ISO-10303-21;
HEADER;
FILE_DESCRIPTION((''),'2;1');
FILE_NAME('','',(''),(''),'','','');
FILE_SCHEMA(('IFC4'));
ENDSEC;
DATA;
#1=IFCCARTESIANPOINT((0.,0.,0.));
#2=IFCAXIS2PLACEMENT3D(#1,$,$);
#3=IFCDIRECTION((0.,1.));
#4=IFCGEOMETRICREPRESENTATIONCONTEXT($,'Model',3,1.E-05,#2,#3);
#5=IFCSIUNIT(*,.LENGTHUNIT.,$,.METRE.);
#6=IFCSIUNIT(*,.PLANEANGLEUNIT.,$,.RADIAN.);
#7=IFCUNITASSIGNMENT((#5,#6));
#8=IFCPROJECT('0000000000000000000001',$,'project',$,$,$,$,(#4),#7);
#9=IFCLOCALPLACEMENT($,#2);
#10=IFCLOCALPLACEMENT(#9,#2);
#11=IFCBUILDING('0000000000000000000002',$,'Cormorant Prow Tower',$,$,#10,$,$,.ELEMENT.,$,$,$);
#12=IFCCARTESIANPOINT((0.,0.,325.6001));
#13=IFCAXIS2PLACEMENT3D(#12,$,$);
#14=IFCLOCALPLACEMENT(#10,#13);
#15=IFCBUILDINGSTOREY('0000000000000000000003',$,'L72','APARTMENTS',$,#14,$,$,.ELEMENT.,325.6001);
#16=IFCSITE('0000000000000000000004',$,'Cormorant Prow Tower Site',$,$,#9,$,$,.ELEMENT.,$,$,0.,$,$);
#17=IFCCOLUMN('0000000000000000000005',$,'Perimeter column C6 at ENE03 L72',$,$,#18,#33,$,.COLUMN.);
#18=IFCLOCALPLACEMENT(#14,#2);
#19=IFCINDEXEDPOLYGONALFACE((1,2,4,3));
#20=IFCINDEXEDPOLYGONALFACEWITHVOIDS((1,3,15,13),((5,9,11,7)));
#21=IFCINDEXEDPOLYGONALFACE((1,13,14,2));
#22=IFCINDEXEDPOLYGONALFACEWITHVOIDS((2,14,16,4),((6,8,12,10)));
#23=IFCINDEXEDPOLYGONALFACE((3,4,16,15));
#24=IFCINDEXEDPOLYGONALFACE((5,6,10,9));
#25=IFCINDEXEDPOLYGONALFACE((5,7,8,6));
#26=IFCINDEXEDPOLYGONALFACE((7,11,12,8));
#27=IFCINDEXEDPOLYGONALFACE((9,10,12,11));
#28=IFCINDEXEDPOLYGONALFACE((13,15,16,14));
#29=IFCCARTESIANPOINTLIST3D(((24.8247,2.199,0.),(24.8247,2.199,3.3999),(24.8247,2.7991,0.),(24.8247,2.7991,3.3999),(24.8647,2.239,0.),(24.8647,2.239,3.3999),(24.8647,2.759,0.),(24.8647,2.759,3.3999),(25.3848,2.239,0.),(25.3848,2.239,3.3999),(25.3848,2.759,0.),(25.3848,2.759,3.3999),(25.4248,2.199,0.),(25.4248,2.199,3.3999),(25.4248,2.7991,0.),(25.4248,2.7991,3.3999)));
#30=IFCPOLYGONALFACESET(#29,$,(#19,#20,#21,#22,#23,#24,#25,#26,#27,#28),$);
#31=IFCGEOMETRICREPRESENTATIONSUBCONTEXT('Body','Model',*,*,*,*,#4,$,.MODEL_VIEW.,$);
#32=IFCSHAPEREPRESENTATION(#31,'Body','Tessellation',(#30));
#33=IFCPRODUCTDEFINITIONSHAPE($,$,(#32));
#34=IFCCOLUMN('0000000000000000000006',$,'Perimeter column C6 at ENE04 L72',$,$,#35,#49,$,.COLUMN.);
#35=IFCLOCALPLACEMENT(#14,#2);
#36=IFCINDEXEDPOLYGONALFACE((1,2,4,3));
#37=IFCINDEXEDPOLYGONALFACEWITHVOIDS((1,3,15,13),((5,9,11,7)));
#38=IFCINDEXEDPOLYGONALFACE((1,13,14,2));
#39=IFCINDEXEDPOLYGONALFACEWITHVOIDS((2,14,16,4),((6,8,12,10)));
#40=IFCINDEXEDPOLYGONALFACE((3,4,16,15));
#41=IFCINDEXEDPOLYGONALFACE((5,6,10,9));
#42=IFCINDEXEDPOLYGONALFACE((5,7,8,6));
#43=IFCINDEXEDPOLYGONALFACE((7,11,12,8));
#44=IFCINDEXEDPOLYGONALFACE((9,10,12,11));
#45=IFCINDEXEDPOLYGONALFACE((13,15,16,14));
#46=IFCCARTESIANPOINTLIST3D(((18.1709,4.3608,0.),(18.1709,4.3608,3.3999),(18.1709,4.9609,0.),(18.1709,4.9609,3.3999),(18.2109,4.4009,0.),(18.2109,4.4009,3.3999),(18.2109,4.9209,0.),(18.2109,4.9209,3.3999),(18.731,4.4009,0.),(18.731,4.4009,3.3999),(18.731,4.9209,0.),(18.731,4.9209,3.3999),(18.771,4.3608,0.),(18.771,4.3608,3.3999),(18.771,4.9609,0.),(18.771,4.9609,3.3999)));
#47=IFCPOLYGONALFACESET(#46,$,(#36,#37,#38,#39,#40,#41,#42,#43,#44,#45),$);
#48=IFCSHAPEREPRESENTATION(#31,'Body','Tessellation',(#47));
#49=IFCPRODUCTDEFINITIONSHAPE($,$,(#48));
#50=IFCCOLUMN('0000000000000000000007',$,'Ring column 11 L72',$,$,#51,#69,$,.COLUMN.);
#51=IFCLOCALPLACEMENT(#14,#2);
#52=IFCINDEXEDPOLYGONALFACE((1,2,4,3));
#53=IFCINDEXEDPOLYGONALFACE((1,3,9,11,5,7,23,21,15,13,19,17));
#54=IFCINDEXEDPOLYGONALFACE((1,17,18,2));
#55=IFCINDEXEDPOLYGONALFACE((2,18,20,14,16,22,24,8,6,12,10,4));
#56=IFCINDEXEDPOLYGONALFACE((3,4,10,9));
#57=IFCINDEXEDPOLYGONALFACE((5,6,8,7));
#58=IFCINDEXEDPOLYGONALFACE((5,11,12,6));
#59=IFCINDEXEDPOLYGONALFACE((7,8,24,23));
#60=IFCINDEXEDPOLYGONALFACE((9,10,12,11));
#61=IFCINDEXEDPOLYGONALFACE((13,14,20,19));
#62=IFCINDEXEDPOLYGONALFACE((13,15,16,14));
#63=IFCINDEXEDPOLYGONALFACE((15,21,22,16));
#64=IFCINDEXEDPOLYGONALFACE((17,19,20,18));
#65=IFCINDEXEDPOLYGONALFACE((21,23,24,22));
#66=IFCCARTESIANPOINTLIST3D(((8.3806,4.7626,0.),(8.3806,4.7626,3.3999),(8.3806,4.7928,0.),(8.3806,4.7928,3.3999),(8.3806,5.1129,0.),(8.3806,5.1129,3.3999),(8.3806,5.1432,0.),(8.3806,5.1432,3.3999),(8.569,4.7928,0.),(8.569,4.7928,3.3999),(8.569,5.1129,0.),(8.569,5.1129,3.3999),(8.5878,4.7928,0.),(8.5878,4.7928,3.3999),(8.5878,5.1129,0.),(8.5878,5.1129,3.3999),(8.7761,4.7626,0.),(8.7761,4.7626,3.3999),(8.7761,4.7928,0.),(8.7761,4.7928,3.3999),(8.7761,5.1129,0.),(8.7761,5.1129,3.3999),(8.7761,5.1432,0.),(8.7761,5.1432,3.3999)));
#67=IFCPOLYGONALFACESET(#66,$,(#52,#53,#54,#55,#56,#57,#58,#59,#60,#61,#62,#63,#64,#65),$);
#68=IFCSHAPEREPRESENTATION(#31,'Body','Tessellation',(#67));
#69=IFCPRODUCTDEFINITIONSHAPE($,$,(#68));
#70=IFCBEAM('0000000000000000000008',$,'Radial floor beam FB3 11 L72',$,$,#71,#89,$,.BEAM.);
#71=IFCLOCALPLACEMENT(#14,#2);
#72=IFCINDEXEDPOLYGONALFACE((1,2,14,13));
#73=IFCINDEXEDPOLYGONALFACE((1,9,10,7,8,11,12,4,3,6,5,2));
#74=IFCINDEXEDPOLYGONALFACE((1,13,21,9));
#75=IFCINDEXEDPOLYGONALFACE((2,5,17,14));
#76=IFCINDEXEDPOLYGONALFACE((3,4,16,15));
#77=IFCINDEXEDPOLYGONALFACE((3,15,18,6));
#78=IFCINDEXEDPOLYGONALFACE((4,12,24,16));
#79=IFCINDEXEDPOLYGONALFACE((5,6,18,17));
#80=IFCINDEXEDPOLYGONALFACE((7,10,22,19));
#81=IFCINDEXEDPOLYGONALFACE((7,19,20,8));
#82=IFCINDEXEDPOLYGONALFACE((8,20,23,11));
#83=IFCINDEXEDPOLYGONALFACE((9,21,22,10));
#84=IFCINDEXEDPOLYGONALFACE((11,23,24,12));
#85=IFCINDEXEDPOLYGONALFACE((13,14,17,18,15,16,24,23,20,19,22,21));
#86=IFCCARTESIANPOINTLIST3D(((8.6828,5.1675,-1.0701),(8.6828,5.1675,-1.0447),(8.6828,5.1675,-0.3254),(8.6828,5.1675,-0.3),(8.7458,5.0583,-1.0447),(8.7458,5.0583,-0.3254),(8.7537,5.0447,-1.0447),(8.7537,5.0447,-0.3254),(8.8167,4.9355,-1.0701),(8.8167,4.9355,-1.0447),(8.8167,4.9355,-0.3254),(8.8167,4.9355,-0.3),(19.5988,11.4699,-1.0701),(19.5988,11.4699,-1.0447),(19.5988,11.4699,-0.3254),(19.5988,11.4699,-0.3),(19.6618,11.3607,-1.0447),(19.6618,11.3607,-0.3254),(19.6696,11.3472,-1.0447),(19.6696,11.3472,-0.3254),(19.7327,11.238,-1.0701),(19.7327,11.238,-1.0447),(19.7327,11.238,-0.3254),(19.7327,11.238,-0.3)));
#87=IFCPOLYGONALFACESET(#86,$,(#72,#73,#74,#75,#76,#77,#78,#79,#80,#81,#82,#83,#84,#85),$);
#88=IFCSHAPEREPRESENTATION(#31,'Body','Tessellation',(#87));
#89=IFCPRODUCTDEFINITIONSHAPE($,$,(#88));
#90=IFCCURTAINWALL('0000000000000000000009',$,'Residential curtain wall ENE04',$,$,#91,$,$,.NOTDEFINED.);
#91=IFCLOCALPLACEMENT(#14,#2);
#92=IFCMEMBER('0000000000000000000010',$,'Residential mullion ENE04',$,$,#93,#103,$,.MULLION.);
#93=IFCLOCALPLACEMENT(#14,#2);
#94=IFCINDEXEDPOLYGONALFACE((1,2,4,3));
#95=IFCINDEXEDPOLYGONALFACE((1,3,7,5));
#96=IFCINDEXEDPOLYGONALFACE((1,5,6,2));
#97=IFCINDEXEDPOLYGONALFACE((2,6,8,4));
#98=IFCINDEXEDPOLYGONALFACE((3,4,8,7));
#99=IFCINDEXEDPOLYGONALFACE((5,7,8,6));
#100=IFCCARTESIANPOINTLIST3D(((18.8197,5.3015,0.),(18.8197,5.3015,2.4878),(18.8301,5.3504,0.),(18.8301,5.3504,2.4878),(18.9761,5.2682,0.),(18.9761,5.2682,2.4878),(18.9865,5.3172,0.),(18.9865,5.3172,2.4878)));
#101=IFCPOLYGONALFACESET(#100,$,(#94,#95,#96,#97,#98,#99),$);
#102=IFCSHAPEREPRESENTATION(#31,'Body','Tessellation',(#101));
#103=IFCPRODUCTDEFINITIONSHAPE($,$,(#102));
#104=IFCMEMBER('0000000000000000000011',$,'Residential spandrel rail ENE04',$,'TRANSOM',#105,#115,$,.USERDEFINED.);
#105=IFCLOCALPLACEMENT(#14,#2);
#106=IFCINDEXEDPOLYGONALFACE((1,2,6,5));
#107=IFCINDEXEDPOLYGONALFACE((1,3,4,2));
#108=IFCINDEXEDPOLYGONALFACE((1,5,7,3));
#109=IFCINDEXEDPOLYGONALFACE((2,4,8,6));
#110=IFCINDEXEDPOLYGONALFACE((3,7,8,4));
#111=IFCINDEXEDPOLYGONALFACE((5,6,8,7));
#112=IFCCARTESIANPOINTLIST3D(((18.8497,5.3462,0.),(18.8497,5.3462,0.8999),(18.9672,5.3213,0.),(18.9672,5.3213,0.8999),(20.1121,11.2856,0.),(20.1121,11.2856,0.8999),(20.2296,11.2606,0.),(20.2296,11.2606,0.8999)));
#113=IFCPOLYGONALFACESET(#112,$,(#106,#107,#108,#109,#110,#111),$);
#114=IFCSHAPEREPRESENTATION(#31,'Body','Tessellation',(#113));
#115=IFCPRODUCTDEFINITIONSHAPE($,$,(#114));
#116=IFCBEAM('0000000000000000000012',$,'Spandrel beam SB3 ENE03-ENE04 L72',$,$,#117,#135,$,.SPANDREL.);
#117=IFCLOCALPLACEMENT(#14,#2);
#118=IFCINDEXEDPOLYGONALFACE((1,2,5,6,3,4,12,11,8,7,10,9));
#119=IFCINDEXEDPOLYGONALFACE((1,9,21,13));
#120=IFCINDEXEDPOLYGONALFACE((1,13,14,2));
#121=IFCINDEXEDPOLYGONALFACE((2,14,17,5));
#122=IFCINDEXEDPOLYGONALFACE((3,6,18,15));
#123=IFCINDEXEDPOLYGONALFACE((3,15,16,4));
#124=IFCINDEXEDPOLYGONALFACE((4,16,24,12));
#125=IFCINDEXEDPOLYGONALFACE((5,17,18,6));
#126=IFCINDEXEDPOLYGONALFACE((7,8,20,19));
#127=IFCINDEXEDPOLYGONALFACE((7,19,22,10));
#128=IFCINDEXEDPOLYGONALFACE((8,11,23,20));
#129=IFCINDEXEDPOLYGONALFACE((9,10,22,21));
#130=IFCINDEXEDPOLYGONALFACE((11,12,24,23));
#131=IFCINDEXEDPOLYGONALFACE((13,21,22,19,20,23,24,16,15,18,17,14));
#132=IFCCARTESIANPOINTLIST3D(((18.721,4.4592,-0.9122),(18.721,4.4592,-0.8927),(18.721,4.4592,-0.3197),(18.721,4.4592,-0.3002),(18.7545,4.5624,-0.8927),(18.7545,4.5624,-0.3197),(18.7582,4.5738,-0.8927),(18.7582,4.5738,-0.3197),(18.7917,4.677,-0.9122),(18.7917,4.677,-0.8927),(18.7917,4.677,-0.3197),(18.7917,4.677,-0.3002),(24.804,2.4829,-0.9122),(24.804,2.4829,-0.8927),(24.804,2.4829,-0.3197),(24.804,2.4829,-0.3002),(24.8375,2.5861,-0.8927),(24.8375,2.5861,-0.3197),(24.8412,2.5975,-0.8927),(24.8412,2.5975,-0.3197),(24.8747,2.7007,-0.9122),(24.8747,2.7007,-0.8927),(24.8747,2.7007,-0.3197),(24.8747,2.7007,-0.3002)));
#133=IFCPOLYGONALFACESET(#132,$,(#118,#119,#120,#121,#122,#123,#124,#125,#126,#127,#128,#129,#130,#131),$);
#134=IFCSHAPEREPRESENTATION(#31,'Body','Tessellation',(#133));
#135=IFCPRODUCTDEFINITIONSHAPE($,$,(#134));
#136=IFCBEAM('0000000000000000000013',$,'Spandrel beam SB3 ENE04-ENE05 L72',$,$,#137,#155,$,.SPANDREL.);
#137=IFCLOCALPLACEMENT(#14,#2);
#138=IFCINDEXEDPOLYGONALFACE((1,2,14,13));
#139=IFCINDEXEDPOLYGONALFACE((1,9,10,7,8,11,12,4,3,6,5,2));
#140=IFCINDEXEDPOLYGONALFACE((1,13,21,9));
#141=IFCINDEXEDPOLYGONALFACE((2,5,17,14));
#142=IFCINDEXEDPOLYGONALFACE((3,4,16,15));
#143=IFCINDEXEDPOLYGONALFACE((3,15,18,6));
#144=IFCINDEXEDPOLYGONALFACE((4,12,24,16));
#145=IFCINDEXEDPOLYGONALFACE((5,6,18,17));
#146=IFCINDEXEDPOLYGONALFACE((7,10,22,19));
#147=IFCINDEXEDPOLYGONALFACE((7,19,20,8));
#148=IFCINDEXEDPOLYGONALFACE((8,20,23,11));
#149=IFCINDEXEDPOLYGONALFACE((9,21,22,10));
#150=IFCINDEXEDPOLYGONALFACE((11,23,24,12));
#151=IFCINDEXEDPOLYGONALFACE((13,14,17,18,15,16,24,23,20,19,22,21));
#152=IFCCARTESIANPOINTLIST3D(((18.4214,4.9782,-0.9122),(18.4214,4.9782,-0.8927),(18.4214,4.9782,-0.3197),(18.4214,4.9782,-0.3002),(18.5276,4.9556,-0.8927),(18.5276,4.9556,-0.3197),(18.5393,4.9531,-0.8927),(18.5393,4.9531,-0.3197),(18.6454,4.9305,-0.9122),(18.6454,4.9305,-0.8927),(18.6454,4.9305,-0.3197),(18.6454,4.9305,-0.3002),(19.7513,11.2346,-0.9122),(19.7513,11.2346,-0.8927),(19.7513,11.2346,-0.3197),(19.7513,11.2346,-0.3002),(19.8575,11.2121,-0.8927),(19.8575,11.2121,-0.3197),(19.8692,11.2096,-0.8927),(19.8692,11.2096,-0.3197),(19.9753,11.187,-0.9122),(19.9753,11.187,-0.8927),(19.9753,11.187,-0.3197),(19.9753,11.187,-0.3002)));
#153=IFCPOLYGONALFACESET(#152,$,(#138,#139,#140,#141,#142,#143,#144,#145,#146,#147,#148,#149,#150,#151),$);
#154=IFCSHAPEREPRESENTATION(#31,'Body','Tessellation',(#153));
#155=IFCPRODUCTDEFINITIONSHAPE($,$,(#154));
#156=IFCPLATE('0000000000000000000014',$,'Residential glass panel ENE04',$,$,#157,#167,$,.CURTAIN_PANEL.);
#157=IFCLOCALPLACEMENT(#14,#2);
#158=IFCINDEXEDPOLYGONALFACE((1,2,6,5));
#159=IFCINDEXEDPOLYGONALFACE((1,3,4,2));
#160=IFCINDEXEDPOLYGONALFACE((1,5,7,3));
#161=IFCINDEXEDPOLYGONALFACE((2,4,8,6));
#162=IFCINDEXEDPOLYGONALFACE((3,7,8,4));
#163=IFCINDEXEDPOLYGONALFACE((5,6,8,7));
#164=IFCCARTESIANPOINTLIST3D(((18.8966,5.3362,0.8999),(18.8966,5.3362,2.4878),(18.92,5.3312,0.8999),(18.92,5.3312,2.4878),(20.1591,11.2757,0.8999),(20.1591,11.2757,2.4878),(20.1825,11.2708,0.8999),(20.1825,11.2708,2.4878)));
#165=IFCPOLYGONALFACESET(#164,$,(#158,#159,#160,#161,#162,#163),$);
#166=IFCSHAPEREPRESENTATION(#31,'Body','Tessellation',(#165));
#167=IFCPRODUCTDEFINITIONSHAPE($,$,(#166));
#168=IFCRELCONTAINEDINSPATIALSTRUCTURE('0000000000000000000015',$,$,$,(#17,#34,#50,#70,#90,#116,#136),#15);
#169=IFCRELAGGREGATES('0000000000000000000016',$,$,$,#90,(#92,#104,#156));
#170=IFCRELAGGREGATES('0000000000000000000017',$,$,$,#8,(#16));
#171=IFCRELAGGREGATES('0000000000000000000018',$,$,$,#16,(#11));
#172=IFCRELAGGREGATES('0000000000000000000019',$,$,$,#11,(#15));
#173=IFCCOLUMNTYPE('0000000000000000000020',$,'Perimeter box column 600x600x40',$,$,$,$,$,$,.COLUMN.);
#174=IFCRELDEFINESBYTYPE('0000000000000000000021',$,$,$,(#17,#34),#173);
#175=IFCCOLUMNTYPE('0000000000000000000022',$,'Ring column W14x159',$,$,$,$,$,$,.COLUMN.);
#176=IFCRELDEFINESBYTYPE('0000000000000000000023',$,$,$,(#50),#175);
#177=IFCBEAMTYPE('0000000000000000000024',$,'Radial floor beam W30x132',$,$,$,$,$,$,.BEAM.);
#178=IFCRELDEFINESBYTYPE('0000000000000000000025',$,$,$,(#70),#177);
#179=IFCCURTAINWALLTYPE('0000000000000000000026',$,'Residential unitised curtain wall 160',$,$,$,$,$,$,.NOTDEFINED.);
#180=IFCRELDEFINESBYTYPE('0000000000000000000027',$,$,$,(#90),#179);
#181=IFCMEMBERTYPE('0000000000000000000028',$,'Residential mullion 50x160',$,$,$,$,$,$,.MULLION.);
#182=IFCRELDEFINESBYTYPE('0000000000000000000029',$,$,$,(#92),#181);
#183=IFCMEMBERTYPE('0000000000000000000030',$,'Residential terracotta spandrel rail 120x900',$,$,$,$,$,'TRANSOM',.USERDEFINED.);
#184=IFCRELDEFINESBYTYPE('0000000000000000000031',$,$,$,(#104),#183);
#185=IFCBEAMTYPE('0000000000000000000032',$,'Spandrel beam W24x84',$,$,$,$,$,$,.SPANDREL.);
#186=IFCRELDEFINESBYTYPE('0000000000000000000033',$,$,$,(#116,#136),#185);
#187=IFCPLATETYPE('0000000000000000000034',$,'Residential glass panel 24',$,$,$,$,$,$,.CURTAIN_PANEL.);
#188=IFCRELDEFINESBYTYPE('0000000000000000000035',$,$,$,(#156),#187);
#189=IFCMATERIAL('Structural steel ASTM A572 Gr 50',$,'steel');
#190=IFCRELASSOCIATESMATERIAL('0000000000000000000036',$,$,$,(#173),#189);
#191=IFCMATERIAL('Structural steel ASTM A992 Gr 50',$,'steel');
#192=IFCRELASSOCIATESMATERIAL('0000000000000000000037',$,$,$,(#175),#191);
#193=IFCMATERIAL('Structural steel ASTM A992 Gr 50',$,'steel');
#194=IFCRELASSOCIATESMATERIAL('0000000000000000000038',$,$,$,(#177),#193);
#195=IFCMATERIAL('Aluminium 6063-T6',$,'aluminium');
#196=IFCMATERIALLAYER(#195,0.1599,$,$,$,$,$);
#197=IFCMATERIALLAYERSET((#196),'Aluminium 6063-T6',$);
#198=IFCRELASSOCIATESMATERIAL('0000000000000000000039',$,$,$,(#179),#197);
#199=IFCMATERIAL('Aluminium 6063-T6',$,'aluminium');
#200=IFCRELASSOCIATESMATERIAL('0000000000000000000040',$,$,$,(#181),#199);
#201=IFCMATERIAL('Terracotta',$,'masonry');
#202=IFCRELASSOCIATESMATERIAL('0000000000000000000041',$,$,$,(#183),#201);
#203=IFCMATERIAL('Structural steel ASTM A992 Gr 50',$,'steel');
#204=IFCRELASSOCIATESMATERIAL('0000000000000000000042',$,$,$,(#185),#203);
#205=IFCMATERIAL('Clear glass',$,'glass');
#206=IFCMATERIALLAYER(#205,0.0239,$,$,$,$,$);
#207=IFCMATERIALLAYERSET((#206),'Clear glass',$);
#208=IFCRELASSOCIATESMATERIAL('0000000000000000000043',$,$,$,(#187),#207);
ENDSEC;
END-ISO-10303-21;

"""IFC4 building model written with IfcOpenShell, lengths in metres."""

from ifc_helpers import new_model, si_unit, direction, frame, origin, origin_2d, place, context, subcontext, project, spatial, rectangle, hollow_rectangle, i_section, extrude, material, layer, layer_set, material_profile, profile_set, type_object, element, aggregate, save


model = new_model("IFC4")

# Units and contexts
model_context = context("Model", 3, precision=1e-05, world=origin(), true_north=direction((0.0, 1.0)))
body_context = subcontext(model_context, "Body", "Model", "MODEL_VIEW")
ifc_project = project(units=[si_unit("LENGTHUNIT", "METRE"), si_unit("PLANEANGLEUNIT", "RADIAN")], contexts=[model_context])

# Site, building, storey
site_placement = place(None, origin())
site = spatial("IfcSite", under=ifc_project, at=site_placement, Name="Cormorant Prow Tower Site", CompositionType="ELEMENT", RefElevation=0.0)
building_placement = place(site_placement, origin())
building = spatial("IfcBuilding", under=site, at=building_placement, Name="Cormorant Prow Tower", CompositionType="ELEMENT")
storey_placement = place(building_placement, frame((0.0, 0.0, 325.6001)))
storey = spatial("IfcBuildingStorey", under=building, at=storey_placement, Name="L72", Description="APARTMENTS", CompositionType="ELEMENT", Elevation=325.6001)

# Columns
ifc_material_1 = material(Name="Structural steel ASTM A572 Gr 50", Category="steel")
ifc_material_profile_1 = material_profile(ifc_material_1, hollow_rectangle(XDim=0.6001, YDim=0.6001, WallThickness=0.04, at=origin_2d()), Name="Box 600x600x40")
ifc_profile_set_1 = profile_set([ifc_material_profile_1], Name="Structural steel ASTM A572 Gr 50")
column_type_1 = type_object("IfcColumnType", Name="Perimeter box column 600x600x40", PredefinedType="COLUMN", material=ifc_profile_set_1)
for number, where, z_axis, x_axis, name in (
    (1, (25.1248, 2.499, 0.0), (0.0, 0.0, 1.0), (1.0, 0.0, 0.0), "Perimeter column C6 at ENE03 L72"),
    (2, (18.4709, 4.6609, 0.0), (0.0, 0.0, 1.0), (1.0, 0.0, 0.0), "Perimeter column C6 at ENE04 L72"),
):
    element("IfcColumn", number, at=place(storey_placement, frame(where, z_axis=z_axis, x_axis=x_axis)), inside=storey, type_object=column_type_1, Name=name, PredefinedType="COLUMN", context=body_context, shape_type="SweptSolid", body=[
        extrude(hollow_rectangle(XDim=0.6001, YDim=0.6001, WallThickness=0.04, at=origin_2d()), origin(), (0.0, 0.0, 1.0), 3.3999),
    ])
ifc_material_2 = material(Name="Structural steel ASTM A992 Gr 50", Category="steel")
ifc_material_profile_2 = material_profile(ifc_material_2, i_section(OverallWidth=0.3955, OverallDepth=0.3806, WebThickness=0.0188, FlangeThickness=0.0303, at=origin_2d()), Name="W14x159")
ifc_profile_set_2 = profile_set([ifc_material_profile_2], Name="Structural steel ASTM A992 Gr 50")
column_type_2 = type_object("IfcColumnType", Name="Ring column W14x159", PredefinedType="COLUMN", material=ifc_profile_set_2)
column_placement = place(storey_placement, frame((8.5784, 4.9529, 0.0), z_axis=(0.0, 0.0, 1.0), x_axis=(1.0, 0.0, 0.0)))
element("IfcColumn", 3, at=column_placement, inside=storey, type_object=column_type_2, Name="Ring column 11 L72", PredefinedType="COLUMN", context=body_context, shape_type="SweptSolid", body=[
    extrude(i_section(OverallWidth=0.3955, OverallDepth=0.3806, WebThickness=0.0188, FlangeThickness=0.0303, at=origin_2d()), origin(), (0.0, 0.0, 1.0), 3.3999),
])

# Beam
ifc_material_3 = material(Name="Structural steel ASTM A992 Gr 50", Category="steel")
ifc_material_profile_3 = material_profile(ifc_material_3, i_section(OverallWidth=0.2678, OverallDepth=0.77, WebThickness=0.0156, FlangeThickness=0.0254, at=origin_2d()), Name="W30x132")
ifc_profile_set_3 = profile_set([ifc_material_profile_3], Name="Structural steel ASTM A992 Gr 50")
beam_type_1 = type_object("IfcBeamType", Name="Radial floor beam W30x132", PredefinedType="BEAM", material=ifc_profile_set_3)
beam_1_placement = place(storey_placement, frame((8.7498, 5.0515, -0.6851), z_axis=(0.866021, 0.500007, 0.0), x_axis=(-0.500007, 0.866021, 0.0)))
element("IfcBeam", 4, at=beam_1_placement, inside=storey, type_object=beam_type_1, Name="Radial floor beam FB3 11 L72", PredefinedType="BEAM", context=body_context, shape_type="SweptSolid", body=[
    extrude(i_section(OverallWidth=0.2678, OverallDepth=0.77, WebThickness=0.0156, FlangeThickness=0.0254, at=origin_2d()), origin(), (0.0, 0.0, 1.0), 12.6047),
])

# Curtain wall, members
ifc_material_4 = material(Name="Aluminium 6063-T6", Category="aluminium")
ifc_layer_1 = layer(ifc_material_4, 0.1599)
ifc_layer_set_1 = layer_set([ifc_layer_1], Name="Aluminium 6063-T6")
curtain_wall_type = type_object("IfcCurtainWallType", Name="Residential unitised curtain wall 160", PredefinedType="NOTDEFINED", material=ifc_layer_set_1)
curtain_wall_placement = place(storey_placement, origin())
curtain_wall = element("IfcCurtainWall", 5, at=curtain_wall_placement, inside=storey, type_object=curtain_wall_type, Name="Residential curtain wall ENE04", PredefinedType="NOTDEFINED")
ifc_material_5 = material(Name="Aluminium 6063-T6", Category="aluminium")
ifc_material_profile_4 = material_profile(ifc_material_5, rectangle(XDim=0.1599, YDim=0.05, at=origin_2d()), Name="Residential mullion 50x160")
ifc_profile_set_4 = profile_set([ifc_material_profile_4], Name="Aluminium 6063-T6")
member_type_1 = type_object("IfcMemberType", Name="Residential mullion 50x160", PredefinedType="MULLION", material=ifc_profile_set_4)
member_1_placement = place(storey_placement, frame((18.9031, 5.3093, 0.0), z_axis=(0.0, 0.0, 1.0), x_axis=(-0.978148, 0.207912, 0.0)))
member_1 = element("IfcMember", 6, at=member_1_placement, type_object=member_type_1, Name="Residential mullion ENE04", PredefinedType="MULLION", context=body_context, shape_type="SweptSolid", body=[
    extrude(rectangle(XDim=0.1599, YDim=0.05, at=origin_2d()), origin(), (0.0, 0.0, 1.0), 2.4878),
])
ifc_material_6 = material(Name="Terracotta", Category="masonry")
ifc_material_profile_5 = material_profile(ifc_material_6, rectangle(XDim=0.1201, YDim=0.8999, at=origin_2d()), Name="Residential terracotta spandrel rail 120x900")
ifc_profile_set_5 = profile_set([ifc_material_profile_5], Name="Terracotta")
member_type_2 = type_object("IfcMemberType", Name="Residential terracotta spandrel rail 120x900", ElementType="TRANSOM", PredefinedType="USERDEFINED", material=ifc_profile_set_5)
member_2_placement = place(storey_placement, frame((18.9084, 5.3337, 0.45), z_axis=(0.207909, 0.978148, 0.0), x_axis=(-0.978148, 0.207909, 0.0)))
member_2 = element("IfcMember", 7, at=member_2_placement, type_object=member_type_2, Name="Residential spandrel rail ENE04", ObjectType="TRANSOM", PredefinedType="USERDEFINED", context=body_context, shape_type="SweptSolid", body=[
    extrude(rectangle(XDim=0.1201, YDim=0.8999, at=origin_2d()), origin(), (0.0, 0.0, 1.0), 6.072),
])

# Beams
ifc_material_7 = material(Name="Structural steel ASTM A992 Gr 50", Category="steel")
ifc_material_profile_6 = material_profile(ifc_material_7, i_section(OverallWidth=0.229, OverallDepth=0.6121, WebThickness=0.012, FlangeThickness=0.0195, at=origin_2d()), Name="W24x84")
ifc_profile_set_6 = profile_set([ifc_material_profile_6], Name="Structural steel ASTM A992 Gr 50")
beam_type_2 = type_object("IfcBeamType", Name="Spandrel beam W24x84", PredefinedType="SPANDREL", material=ifc_profile_set_6)
beam_2_placement = place(storey_placement, frame((24.8394, 2.5918, -0.6062), z_axis=(-0.951064, 0.308993, 0.0), x_axis=(-0.308993, -0.951064, 0.0)))
element("IfcBeam", 8, at=beam_2_placement, inside=storey, type_object=beam_type_2, Name="Spandrel beam SB3 ENE03-ENE04 L72", PredefinedType="SPANDREL", context=body_context, shape_type="SweptSolid", body=[
    extrude(i_section(OverallWidth=0.229, OverallDepth=0.6121, WebThickness=0.012, FlangeThickness=0.0195, at=origin_2d()), origin(), (0.0, 0.0, 1.0), 6.396),
])
beam_3_placement = place(storey_placement, frame((18.5334, 4.9543, -0.6062), z_axis=(0.207913, 0.978147, 0.0), x_axis=(-0.978147, 0.207913, 0.0)))
element("IfcBeam", 9, at=beam_3_placement, inside=storey, type_object=beam_type_2, Name="Spandrel beam SB3 ENE04-ENE05 L72", PredefinedType="SPANDREL", context=body_context, shape_type="SweptSolid", body=[
    extrude(i_section(OverallWidth=0.229, OverallDepth=0.6121, WebThickness=0.012, FlangeThickness=0.0195, at=origin_2d()), origin(), (0.0, 0.0, 1.0), 6.3962),
])

# Plate
ifc_material_8 = material(Name="Clear glass", Category="glass")
ifc_layer_2 = layer(ifc_material_8, 0.0239)
ifc_layer_set_2 = layer_set([ifc_layer_2], Name="Clear glass")
plate_type = type_object("IfcPlateType", Name="Residential glass panel 24", PredefinedType="CURTAIN_PANEL", material=ifc_layer_set_2)
plate_placement = place(storey_placement, frame((19.5396, 8.3035, 0.8999), z_axis=(0.0, 0.0, 1.0), x_axis=(0.207912, 0.978148, 0.0)))
plate = element("IfcPlate", 10, at=plate_placement, type_object=plate_type, Name="Residential glass panel ENE04", PredefinedType="CURTAIN_PANEL", context=body_context, shape_type="SweptSolid", body=[
    extrude(rectangle(XDim=6.0723, YDim=0.0239, at=origin_2d()), origin(), (0.0, 0.0, 1.0), 1.5879),
])
aggregate(curtain_wall, [member_1, member_2, plate])

save(model, "model.ifc")
